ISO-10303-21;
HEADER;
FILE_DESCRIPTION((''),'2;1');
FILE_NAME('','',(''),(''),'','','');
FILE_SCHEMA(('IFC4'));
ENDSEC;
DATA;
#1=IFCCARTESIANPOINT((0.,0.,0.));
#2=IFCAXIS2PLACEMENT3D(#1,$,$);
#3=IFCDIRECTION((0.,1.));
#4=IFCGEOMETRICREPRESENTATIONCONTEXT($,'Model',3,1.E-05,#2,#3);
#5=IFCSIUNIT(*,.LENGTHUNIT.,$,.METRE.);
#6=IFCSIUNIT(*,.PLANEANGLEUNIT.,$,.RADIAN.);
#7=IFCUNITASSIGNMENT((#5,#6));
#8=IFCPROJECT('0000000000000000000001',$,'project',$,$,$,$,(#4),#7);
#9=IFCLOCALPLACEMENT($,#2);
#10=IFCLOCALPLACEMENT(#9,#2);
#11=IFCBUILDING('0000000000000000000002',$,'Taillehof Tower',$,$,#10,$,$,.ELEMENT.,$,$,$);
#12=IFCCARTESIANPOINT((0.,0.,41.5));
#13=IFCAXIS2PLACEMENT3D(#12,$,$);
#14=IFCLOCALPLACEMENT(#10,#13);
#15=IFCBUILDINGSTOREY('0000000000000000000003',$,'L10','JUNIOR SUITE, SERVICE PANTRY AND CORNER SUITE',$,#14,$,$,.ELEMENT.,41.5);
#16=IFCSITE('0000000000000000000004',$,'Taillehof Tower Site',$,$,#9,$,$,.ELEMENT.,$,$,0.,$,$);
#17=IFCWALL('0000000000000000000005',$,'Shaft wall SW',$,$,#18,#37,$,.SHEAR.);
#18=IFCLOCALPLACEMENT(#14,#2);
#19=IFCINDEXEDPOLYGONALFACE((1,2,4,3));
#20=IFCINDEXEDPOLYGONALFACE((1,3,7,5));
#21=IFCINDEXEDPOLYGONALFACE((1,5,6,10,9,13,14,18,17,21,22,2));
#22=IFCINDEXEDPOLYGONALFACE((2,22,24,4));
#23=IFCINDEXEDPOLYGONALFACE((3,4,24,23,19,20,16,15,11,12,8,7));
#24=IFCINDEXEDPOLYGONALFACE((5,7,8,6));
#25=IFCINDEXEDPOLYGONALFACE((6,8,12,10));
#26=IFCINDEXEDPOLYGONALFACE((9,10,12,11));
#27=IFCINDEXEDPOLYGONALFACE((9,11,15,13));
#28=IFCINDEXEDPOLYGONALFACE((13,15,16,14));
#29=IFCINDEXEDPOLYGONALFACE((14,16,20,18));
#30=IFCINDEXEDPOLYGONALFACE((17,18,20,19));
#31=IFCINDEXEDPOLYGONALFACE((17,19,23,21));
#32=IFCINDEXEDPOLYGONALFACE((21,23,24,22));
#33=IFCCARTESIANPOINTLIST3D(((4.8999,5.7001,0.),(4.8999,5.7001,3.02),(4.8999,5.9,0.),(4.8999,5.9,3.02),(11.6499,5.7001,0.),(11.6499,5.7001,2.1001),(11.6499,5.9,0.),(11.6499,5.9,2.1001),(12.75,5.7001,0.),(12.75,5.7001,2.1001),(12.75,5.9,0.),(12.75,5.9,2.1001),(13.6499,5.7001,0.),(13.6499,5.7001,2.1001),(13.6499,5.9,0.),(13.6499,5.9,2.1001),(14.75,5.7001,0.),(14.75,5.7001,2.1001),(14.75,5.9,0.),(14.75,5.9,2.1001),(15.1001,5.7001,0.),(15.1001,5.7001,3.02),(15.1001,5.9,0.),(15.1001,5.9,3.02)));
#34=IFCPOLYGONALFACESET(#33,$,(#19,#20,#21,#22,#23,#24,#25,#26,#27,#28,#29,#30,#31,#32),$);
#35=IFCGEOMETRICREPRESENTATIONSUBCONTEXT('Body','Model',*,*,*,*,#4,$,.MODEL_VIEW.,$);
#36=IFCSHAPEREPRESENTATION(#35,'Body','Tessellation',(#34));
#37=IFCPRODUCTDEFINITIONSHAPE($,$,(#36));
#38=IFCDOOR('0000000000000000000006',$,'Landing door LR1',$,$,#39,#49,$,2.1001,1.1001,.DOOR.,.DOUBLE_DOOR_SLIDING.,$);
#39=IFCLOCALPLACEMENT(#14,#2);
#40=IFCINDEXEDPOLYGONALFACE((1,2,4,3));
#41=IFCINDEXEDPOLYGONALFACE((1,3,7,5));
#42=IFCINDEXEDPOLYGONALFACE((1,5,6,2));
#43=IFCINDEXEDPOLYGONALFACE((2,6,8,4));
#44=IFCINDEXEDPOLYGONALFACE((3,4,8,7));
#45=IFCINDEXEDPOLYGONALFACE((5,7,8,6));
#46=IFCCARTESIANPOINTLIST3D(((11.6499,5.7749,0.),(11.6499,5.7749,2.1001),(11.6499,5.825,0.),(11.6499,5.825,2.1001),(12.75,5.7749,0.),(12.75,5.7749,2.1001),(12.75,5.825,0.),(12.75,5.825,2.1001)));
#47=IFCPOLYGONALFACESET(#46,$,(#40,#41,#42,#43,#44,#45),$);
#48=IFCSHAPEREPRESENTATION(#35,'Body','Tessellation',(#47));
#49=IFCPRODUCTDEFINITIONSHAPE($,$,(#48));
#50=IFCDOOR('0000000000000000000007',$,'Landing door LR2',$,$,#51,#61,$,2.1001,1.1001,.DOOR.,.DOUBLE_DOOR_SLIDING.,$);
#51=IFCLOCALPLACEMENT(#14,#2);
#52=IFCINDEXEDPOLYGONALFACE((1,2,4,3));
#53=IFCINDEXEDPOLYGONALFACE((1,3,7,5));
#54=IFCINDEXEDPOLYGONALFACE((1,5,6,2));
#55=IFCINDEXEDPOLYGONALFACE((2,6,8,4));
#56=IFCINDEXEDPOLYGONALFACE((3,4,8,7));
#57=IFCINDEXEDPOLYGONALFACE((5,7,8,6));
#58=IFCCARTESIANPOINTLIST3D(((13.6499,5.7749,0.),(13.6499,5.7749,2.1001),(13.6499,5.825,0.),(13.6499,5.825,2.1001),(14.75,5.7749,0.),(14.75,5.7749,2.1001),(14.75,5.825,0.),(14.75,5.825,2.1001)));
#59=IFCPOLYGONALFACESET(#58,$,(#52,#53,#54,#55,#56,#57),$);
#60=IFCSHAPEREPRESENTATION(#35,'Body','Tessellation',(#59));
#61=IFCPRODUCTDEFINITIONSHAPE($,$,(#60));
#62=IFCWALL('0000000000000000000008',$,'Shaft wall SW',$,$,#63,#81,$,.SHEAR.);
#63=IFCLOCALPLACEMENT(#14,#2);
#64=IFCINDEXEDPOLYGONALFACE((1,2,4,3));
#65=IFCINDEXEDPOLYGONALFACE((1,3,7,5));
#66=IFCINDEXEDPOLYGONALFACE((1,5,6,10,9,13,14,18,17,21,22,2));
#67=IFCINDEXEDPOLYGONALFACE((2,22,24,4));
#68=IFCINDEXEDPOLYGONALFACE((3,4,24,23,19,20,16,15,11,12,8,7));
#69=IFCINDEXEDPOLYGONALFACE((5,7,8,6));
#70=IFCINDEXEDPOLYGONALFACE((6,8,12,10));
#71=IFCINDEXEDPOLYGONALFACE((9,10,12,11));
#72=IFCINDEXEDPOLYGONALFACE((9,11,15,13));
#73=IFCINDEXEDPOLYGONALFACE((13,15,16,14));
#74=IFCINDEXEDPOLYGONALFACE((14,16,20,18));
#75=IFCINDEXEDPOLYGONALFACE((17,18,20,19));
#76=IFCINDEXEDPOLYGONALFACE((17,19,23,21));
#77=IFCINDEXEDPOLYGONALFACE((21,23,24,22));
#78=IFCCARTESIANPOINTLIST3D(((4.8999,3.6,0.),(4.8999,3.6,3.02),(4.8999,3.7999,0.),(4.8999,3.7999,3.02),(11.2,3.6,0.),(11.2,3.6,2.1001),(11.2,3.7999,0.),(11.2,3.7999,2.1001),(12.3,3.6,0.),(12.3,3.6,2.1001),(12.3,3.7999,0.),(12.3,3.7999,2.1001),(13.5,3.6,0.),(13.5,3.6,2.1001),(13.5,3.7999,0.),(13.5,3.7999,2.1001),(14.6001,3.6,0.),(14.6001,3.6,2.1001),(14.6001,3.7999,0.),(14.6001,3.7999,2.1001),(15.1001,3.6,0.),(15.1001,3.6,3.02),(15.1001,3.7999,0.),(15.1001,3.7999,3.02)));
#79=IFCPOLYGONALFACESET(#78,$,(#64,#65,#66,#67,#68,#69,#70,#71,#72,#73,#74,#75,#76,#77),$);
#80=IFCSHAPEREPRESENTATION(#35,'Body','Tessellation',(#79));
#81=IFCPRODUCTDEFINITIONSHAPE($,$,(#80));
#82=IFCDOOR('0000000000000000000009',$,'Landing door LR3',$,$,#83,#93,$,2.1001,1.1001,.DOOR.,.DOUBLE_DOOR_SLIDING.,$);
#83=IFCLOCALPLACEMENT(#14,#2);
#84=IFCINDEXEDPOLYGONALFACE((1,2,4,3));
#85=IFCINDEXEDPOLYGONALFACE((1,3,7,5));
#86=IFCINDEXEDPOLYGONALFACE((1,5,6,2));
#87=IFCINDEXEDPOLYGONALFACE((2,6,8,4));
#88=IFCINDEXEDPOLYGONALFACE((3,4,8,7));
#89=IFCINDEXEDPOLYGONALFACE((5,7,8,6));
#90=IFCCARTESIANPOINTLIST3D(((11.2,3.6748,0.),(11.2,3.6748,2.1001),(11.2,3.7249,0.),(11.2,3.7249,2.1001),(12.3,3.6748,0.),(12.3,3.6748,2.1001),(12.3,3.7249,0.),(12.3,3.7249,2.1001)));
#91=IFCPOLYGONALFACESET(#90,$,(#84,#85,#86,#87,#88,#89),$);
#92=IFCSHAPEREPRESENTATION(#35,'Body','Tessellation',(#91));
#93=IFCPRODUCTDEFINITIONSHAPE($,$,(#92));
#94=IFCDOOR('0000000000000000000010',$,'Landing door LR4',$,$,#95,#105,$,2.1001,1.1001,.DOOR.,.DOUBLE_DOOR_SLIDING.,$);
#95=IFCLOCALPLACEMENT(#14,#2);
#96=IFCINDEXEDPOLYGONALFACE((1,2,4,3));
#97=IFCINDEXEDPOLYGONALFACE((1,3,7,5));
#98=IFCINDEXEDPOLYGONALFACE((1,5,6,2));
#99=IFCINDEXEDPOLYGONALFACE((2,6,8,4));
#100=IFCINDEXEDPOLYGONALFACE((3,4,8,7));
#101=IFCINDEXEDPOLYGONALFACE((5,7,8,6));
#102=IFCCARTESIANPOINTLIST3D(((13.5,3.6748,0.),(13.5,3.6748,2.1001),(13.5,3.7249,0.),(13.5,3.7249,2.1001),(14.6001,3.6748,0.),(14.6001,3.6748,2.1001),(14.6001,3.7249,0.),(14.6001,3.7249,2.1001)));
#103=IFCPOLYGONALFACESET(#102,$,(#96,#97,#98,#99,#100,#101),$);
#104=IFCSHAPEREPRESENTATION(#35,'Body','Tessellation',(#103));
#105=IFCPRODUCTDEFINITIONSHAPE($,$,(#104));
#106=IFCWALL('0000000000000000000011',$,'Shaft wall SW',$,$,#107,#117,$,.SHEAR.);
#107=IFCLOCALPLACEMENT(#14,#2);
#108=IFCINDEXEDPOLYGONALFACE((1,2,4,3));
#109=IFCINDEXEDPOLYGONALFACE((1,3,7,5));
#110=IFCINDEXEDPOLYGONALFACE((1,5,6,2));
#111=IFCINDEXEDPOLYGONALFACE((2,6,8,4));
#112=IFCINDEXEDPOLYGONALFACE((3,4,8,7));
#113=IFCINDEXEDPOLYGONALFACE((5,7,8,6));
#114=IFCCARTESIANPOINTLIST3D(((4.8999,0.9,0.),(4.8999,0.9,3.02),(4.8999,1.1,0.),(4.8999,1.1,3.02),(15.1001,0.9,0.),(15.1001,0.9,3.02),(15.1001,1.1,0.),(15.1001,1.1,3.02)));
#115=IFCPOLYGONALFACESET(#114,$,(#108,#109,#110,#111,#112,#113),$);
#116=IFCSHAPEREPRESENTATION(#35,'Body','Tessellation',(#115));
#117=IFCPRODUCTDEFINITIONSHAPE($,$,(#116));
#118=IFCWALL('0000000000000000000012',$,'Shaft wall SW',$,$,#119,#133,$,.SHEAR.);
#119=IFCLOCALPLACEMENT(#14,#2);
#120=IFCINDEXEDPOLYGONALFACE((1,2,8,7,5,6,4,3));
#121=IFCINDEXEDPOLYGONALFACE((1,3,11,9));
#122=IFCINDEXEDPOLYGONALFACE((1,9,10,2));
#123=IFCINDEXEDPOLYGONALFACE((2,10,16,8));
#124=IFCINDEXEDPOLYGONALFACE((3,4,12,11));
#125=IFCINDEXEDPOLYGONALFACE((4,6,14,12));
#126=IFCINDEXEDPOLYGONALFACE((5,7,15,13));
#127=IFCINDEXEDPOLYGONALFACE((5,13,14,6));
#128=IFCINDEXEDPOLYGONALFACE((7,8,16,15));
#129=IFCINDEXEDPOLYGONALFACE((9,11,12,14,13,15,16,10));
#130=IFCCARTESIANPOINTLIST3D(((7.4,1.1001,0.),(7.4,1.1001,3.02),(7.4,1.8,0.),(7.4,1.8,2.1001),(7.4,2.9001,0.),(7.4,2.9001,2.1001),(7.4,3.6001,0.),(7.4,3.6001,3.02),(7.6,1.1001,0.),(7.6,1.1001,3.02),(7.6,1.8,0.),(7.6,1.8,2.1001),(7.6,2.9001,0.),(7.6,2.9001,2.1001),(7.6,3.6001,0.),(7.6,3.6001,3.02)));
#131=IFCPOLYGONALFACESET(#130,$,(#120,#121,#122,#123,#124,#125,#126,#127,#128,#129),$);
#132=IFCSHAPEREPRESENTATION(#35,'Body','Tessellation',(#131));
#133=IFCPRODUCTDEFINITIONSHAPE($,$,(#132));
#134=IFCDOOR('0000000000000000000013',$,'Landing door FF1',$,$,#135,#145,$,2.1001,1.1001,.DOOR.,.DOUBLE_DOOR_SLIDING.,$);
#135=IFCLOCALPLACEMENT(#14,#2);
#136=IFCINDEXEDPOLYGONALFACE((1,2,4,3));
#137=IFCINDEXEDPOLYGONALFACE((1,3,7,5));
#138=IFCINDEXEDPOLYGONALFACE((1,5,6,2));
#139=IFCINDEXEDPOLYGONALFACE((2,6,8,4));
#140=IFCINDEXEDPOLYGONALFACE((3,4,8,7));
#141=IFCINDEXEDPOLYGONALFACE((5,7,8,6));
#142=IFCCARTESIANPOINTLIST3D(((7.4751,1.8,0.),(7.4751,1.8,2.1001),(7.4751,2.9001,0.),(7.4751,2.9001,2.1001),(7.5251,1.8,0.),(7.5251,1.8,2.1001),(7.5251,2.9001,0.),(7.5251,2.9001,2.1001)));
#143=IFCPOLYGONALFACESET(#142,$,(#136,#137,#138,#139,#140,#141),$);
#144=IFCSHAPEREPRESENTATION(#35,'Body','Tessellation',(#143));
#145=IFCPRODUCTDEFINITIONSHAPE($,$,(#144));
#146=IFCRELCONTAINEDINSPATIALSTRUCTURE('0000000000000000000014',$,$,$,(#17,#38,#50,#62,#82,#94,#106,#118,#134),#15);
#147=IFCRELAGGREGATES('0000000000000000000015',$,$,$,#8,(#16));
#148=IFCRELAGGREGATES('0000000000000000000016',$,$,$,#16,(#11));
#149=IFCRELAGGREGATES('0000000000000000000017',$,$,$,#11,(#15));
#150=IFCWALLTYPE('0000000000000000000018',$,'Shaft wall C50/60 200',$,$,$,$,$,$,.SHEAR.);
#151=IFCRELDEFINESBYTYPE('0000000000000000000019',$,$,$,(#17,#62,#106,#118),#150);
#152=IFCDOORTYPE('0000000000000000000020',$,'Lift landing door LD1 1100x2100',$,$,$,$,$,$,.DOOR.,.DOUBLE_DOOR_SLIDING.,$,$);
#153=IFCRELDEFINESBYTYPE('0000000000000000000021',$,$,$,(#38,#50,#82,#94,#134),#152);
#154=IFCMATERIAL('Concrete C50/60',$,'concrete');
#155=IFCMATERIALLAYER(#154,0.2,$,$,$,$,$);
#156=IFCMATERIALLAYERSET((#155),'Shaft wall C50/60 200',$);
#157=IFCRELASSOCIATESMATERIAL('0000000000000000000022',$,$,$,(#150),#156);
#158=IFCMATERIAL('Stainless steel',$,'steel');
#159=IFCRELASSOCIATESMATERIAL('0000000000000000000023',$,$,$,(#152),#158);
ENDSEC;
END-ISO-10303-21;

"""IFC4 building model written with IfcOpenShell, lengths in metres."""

from ifc_helpers import new_model, si_unit, direction, frame, frame_2d, origin, place, context, subcontext, project, spatial, rectangle, extrude, material, layer, layer_set, type_object, element, fill, save


model = new_model("IFC4")

# Units and contexts
model_context = context("Model", 3, precision=1e-05, world=origin(), true_north=direction((0.0, 1.0)))
body_context = subcontext(model_context, "Body", "Model", "MODEL_VIEW")
ifc_project = project(units=[si_unit("LENGTHUNIT", "METRE"), si_unit("PLANEANGLEUNIT", "RADIAN")], contexts=[model_context])

# Site, building, storey
site_placement = place(None, origin())
site = spatial("IfcSite", under=ifc_project, at=site_placement, Name="Taillehof Tower Site", CompositionType="ELEMENT", RefElevation=0.0)
building_placement = place(site_placement, origin())
building = spatial("IfcBuilding", under=site, at=building_placement, Name="Taillehof Tower", CompositionType="ELEMENT")
storey_placement = place(building_placement, frame((0.0, 0.0, 41.5)))
storey = spatial("IfcBuildingStorey", under=building, at=storey_placement, Name="L10", Description="JUNIOR SUITE, SERVICE PANTRY AND CORNER SUITE", CompositionType="ELEMENT", Elevation=41.5)

# Walls, openings, doors
ifc_material_1 = material(Name="Concrete C50/60", Category="concrete")
ifc_layer_1 = layer(ifc_material_1, 0.2)
ifc_layer_set_1 = layer_set([ifc_layer_1], Name="Shaft wall C50/60 200")
wall_type_1 = type_object("IfcWallType", Name="Shaft wall C50/60 200", PredefinedType="SHEAR", material=ifc_layer_set_1)
wall_1_placement = place(storey_placement, frame((4.8999, 5.8, 0.0), z_axis=(0.0, 0.0, 1.0), x_axis=(1.0, 0.0, 0.0)))
wall_1 = element("IfcWall", 1, at=wall_1_placement, inside=storey, type_object=wall_type_1, Name="Shaft wall SW", PredefinedType="SHEAR", context=body_context, shape_type="SweptSolid", body=[
    extrude(rectangle(XDim=10.2002, YDim=0.2, at=frame_2d((5.1001, 0.0))), origin(), (0.0, 0.0, 1.0), 3.02),
])
opening_1_placement = place(wall_1_placement, frame((6.75, 0.0, 0.0)))
opening_1 = element("IfcOpeningElement", 2, at=opening_1_placement, cuts=wall_1, PredefinedType="OPENING", context=body_context, shape_type="SweptSolid", body=[
    extrude(rectangle(XDim=1.1001, YDim=2.1001, at=frame_2d((0.55, 1.05))), frame((0.0, 0.1099, 0.0), z_axis=(0.0, -1.0, 0.0), x_axis=(1.0, 0.0, 0.0)), (0.0, 0.0, 1.0), 0.22),
])
opening_2_placement = place(wall_1_placement, frame((8.75, 0.0, 0.0)))
opening_2 = element("IfcOpeningElement", 3, at=opening_2_placement, cuts=wall_1, PredefinedType="OPENING", context=body_context, shape_type="SweptSolid", body=[
    extrude(rectangle(XDim=1.1001, YDim=2.1001, at=frame_2d((0.55, 1.05))), frame((0.0, 0.1099, 0.0), z_axis=(0.0, -1.0, 0.0), x_axis=(1.0, 0.0, 0.0)), (0.0, 0.0, 1.0), 0.22),
])
ifc_material_2 = material(Name="Stainless steel", Category="steel")
door_type_1 = type_object("IfcDoorType", Name="Lift landing door LD1 1100x2100", OperationType="DOUBLE_DOOR_SLIDING", PredefinedType="DOOR", material=ifc_material_2)
door_1_placement = place(opening_1_placement, origin())
door_1 = element("IfcDoor", 4, at=door_1_placement, inside=storey, type_object=door_type_1, Name="Landing door LR1", OperationType="DOUBLE_DOOR_SLIDING", OverallHeight=2.1001, OverallWidth=1.1001, PredefinedType="DOOR", context=body_context, shape_type="SweptSolid", body=[
    extrude(rectangle(XDim=1.1001, YDim=2.1001, at=frame_2d((0.55, 1.05))), frame((0.0, 0.0249, 0.0), z_axis=(0.0, -1.0, 0.0), x_axis=(1.0, 0.0, 0.0)), (0.0, 0.0, 1.0), 0.05),
])
fill(opening_1, door_1)
door_2_placement = place(opening_2_placement, origin())
door_2 = element("IfcDoor", 5, at=door_2_placement, inside=storey, type_object=door_type_1, Name="Landing door LR2", OperationType="DOUBLE_DOOR_SLIDING", OverallHeight=2.1001, OverallWidth=1.1001, PredefinedType="DOOR", context=body_context, shape_type="SweptSolid", body=[
    extrude(rectangle(XDim=1.1001, YDim=2.1001, at=frame_2d((0.55, 1.05))), frame((0.0, 0.0249, 0.0), z_axis=(0.0, -1.0, 0.0), x_axis=(1.0, 0.0, 0.0)), (0.0, 0.0, 1.0), 0.05),
])
fill(opening_2, door_2)
wall_2_placement = place(storey_placement, frame((4.8999, 3.7, 0.0), z_axis=(0.0, 0.0, 1.0), x_axis=(1.0, 0.0, 0.0)))
wall_2 = element("IfcWall", 6, at=wall_2_placement, inside=storey, type_object=wall_type_1, Name="Shaft wall SW", PredefinedType="SHEAR", context=body_context, shape_type="SweptSolid", body=[
    extrude(rectangle(XDim=10.2002, YDim=0.2, at=frame_2d((5.1001, 0.0))), origin(), (0.0, 0.0, 1.0), 3.02),
])
opening_3_placement = place(wall_2_placement, frame((6.3, 0.0, 0.0)))
opening_3 = element("IfcOpeningElement", 7, at=opening_3_placement, cuts=wall_2, PredefinedType="OPENING", context=body_context, shape_type="SweptSolid", body=[
    extrude(rectangle(XDim=1.1001, YDim=2.1001, at=frame_2d((0.55, 1.05))), frame((0.0, 0.1099, 0.0), z_axis=(0.0, -1.0, 0.0), x_axis=(1.0, 0.0, 0.0)), (0.0, 0.0, 1.0), 0.22),
])
opening_4_placement = place(wall_2_placement, frame((8.6001, 0.0, 0.0)))
opening_4 = element("IfcOpeningElement", 8, at=opening_4_placement, cuts=wall_2, PredefinedType="OPENING", context=body_context, shape_type="SweptSolid", body=[
    extrude(rectangle(XDim=1.1001, YDim=2.1001, at=frame_2d((0.55, 1.05))), frame((0.0, 0.1099, 0.0), z_axis=(0.0, -1.0, 0.0), x_axis=(1.0, 0.0, 0.0)), (0.0, 0.0, 1.0), 0.22),
])
door_3_placement = place(opening_3_placement, origin())
door_3 = element("IfcDoor", 9, at=door_3_placement, inside=storey, type_object=door_type_1, Name="Landing door LR3", OperationType="DOUBLE_DOOR_SLIDING", OverallHeight=2.1001, OverallWidth=1.1001, PredefinedType="DOOR", context=body_context, shape_type="SweptSolid", body=[
    extrude(rectangle(XDim=1.1001, YDim=2.1001, at=frame_2d((0.55, 1.05))), frame((0.0, 0.0249, 0.0), z_axis=(0.0, -1.0, 0.0), x_axis=(1.0, 0.0, 0.0)), (0.0, 0.0, 1.0), 0.05),
])
fill(opening_3, door_3)
door_4_placement = place(opening_4_placement, origin())
door_4 = element("IfcDoor", 10, at=door_4_placement, inside=storey, type_object=door_type_1, Name="Landing door LR4", OperationType="DOUBLE_DOOR_SLIDING", OverallHeight=2.1001, OverallWidth=1.1001, PredefinedType="DOOR", context=body_context, shape_type="SweptSolid", body=[
    extrude(rectangle(XDim=1.1001, YDim=2.1001, at=frame_2d((0.55, 1.05))), frame((0.0, 0.0249, 0.0), z_axis=(0.0, -1.0, 0.0), x_axis=(1.0, 0.0, 0.0)), (0.0, 0.0, 1.0), 0.05),
])
fill(opening_4, door_4)

# Wall
wall_3_placement = place(storey_placement, frame((4.8999, 1.0, 0.0), z_axis=(0.0, 0.0, 1.0), x_axis=(1.0, 0.0, 0.0)))
element("IfcWall", 11, at=wall_3_placement, inside=storey, type_object=wall_type_1, Name="Shaft wall SW", PredefinedType="SHEAR", context=body_context, shape_type="SweptSolid", body=[
    extrude(rectangle(XDim=10.2002, YDim=0.2, at=frame_2d((5.1001, 0.0))), origin(), (0.0, 0.0, 1.0), 3.02),
])

# Wall, opening, door
wall_4_placement = place(storey_placement, frame((7.5, 1.1001, 0.0), z_axis=(0.0, 0.0, 1.0), x_axis=(0.0, 1.0, 0.0)))
wall_4 = element("IfcWall", 12, at=wall_4_placement, inside=storey, type_object=wall_type_1, Name="Shaft wall SW", PredefinedType="SHEAR", context=body_context, shape_type="SweptSolid", body=[
    extrude(rectangle(XDim=2.5, YDim=0.2, at=frame_2d((1.25, 0.0))), origin(), (0.0, 0.0, 1.0), 3.02),
])
opening_5_placement = place(wall_4_placement, frame((0.7, 0.0, 0.0)))
opening_5 = element("IfcOpeningElement", 13, at=opening_5_placement, cuts=wall_4, PredefinedType="OPENING", context=body_context, shape_type="SweptSolid", body=[
    extrude(rectangle(XDim=1.1001, YDim=2.1001, at=frame_2d((0.55, 1.05))), frame((0.0, 0.1099, 0.0), z_axis=(0.0, -1.0, 0.0), x_axis=(1.0, 0.0, 0.0)), (0.0, 0.0, 1.0), 0.22),
])
door_5_placement = place(opening_5_placement, origin())
door_5 = element("IfcDoor", 14, at=door_5_placement, inside=storey, type_object=door_type_1, Name="Landing door FF1", OperationType="DOUBLE_DOOR_SLIDING", OverallHeight=2.1001, OverallWidth=1.1001, PredefinedType="DOOR", context=body_context, shape_type="SweptSolid", body=[
    extrude(rectangle(XDim=1.1001, YDim=2.1001, at=frame_2d((0.55, 1.05))), frame((0.0, 0.0249, 0.0), z_axis=(0.0, -1.0, 0.0), x_axis=(1.0, 0.0, 0.0)), (0.0, 0.0, 1.0), 0.05),
])
fill(opening_5, door_5)

save(model, "model.ifc")
